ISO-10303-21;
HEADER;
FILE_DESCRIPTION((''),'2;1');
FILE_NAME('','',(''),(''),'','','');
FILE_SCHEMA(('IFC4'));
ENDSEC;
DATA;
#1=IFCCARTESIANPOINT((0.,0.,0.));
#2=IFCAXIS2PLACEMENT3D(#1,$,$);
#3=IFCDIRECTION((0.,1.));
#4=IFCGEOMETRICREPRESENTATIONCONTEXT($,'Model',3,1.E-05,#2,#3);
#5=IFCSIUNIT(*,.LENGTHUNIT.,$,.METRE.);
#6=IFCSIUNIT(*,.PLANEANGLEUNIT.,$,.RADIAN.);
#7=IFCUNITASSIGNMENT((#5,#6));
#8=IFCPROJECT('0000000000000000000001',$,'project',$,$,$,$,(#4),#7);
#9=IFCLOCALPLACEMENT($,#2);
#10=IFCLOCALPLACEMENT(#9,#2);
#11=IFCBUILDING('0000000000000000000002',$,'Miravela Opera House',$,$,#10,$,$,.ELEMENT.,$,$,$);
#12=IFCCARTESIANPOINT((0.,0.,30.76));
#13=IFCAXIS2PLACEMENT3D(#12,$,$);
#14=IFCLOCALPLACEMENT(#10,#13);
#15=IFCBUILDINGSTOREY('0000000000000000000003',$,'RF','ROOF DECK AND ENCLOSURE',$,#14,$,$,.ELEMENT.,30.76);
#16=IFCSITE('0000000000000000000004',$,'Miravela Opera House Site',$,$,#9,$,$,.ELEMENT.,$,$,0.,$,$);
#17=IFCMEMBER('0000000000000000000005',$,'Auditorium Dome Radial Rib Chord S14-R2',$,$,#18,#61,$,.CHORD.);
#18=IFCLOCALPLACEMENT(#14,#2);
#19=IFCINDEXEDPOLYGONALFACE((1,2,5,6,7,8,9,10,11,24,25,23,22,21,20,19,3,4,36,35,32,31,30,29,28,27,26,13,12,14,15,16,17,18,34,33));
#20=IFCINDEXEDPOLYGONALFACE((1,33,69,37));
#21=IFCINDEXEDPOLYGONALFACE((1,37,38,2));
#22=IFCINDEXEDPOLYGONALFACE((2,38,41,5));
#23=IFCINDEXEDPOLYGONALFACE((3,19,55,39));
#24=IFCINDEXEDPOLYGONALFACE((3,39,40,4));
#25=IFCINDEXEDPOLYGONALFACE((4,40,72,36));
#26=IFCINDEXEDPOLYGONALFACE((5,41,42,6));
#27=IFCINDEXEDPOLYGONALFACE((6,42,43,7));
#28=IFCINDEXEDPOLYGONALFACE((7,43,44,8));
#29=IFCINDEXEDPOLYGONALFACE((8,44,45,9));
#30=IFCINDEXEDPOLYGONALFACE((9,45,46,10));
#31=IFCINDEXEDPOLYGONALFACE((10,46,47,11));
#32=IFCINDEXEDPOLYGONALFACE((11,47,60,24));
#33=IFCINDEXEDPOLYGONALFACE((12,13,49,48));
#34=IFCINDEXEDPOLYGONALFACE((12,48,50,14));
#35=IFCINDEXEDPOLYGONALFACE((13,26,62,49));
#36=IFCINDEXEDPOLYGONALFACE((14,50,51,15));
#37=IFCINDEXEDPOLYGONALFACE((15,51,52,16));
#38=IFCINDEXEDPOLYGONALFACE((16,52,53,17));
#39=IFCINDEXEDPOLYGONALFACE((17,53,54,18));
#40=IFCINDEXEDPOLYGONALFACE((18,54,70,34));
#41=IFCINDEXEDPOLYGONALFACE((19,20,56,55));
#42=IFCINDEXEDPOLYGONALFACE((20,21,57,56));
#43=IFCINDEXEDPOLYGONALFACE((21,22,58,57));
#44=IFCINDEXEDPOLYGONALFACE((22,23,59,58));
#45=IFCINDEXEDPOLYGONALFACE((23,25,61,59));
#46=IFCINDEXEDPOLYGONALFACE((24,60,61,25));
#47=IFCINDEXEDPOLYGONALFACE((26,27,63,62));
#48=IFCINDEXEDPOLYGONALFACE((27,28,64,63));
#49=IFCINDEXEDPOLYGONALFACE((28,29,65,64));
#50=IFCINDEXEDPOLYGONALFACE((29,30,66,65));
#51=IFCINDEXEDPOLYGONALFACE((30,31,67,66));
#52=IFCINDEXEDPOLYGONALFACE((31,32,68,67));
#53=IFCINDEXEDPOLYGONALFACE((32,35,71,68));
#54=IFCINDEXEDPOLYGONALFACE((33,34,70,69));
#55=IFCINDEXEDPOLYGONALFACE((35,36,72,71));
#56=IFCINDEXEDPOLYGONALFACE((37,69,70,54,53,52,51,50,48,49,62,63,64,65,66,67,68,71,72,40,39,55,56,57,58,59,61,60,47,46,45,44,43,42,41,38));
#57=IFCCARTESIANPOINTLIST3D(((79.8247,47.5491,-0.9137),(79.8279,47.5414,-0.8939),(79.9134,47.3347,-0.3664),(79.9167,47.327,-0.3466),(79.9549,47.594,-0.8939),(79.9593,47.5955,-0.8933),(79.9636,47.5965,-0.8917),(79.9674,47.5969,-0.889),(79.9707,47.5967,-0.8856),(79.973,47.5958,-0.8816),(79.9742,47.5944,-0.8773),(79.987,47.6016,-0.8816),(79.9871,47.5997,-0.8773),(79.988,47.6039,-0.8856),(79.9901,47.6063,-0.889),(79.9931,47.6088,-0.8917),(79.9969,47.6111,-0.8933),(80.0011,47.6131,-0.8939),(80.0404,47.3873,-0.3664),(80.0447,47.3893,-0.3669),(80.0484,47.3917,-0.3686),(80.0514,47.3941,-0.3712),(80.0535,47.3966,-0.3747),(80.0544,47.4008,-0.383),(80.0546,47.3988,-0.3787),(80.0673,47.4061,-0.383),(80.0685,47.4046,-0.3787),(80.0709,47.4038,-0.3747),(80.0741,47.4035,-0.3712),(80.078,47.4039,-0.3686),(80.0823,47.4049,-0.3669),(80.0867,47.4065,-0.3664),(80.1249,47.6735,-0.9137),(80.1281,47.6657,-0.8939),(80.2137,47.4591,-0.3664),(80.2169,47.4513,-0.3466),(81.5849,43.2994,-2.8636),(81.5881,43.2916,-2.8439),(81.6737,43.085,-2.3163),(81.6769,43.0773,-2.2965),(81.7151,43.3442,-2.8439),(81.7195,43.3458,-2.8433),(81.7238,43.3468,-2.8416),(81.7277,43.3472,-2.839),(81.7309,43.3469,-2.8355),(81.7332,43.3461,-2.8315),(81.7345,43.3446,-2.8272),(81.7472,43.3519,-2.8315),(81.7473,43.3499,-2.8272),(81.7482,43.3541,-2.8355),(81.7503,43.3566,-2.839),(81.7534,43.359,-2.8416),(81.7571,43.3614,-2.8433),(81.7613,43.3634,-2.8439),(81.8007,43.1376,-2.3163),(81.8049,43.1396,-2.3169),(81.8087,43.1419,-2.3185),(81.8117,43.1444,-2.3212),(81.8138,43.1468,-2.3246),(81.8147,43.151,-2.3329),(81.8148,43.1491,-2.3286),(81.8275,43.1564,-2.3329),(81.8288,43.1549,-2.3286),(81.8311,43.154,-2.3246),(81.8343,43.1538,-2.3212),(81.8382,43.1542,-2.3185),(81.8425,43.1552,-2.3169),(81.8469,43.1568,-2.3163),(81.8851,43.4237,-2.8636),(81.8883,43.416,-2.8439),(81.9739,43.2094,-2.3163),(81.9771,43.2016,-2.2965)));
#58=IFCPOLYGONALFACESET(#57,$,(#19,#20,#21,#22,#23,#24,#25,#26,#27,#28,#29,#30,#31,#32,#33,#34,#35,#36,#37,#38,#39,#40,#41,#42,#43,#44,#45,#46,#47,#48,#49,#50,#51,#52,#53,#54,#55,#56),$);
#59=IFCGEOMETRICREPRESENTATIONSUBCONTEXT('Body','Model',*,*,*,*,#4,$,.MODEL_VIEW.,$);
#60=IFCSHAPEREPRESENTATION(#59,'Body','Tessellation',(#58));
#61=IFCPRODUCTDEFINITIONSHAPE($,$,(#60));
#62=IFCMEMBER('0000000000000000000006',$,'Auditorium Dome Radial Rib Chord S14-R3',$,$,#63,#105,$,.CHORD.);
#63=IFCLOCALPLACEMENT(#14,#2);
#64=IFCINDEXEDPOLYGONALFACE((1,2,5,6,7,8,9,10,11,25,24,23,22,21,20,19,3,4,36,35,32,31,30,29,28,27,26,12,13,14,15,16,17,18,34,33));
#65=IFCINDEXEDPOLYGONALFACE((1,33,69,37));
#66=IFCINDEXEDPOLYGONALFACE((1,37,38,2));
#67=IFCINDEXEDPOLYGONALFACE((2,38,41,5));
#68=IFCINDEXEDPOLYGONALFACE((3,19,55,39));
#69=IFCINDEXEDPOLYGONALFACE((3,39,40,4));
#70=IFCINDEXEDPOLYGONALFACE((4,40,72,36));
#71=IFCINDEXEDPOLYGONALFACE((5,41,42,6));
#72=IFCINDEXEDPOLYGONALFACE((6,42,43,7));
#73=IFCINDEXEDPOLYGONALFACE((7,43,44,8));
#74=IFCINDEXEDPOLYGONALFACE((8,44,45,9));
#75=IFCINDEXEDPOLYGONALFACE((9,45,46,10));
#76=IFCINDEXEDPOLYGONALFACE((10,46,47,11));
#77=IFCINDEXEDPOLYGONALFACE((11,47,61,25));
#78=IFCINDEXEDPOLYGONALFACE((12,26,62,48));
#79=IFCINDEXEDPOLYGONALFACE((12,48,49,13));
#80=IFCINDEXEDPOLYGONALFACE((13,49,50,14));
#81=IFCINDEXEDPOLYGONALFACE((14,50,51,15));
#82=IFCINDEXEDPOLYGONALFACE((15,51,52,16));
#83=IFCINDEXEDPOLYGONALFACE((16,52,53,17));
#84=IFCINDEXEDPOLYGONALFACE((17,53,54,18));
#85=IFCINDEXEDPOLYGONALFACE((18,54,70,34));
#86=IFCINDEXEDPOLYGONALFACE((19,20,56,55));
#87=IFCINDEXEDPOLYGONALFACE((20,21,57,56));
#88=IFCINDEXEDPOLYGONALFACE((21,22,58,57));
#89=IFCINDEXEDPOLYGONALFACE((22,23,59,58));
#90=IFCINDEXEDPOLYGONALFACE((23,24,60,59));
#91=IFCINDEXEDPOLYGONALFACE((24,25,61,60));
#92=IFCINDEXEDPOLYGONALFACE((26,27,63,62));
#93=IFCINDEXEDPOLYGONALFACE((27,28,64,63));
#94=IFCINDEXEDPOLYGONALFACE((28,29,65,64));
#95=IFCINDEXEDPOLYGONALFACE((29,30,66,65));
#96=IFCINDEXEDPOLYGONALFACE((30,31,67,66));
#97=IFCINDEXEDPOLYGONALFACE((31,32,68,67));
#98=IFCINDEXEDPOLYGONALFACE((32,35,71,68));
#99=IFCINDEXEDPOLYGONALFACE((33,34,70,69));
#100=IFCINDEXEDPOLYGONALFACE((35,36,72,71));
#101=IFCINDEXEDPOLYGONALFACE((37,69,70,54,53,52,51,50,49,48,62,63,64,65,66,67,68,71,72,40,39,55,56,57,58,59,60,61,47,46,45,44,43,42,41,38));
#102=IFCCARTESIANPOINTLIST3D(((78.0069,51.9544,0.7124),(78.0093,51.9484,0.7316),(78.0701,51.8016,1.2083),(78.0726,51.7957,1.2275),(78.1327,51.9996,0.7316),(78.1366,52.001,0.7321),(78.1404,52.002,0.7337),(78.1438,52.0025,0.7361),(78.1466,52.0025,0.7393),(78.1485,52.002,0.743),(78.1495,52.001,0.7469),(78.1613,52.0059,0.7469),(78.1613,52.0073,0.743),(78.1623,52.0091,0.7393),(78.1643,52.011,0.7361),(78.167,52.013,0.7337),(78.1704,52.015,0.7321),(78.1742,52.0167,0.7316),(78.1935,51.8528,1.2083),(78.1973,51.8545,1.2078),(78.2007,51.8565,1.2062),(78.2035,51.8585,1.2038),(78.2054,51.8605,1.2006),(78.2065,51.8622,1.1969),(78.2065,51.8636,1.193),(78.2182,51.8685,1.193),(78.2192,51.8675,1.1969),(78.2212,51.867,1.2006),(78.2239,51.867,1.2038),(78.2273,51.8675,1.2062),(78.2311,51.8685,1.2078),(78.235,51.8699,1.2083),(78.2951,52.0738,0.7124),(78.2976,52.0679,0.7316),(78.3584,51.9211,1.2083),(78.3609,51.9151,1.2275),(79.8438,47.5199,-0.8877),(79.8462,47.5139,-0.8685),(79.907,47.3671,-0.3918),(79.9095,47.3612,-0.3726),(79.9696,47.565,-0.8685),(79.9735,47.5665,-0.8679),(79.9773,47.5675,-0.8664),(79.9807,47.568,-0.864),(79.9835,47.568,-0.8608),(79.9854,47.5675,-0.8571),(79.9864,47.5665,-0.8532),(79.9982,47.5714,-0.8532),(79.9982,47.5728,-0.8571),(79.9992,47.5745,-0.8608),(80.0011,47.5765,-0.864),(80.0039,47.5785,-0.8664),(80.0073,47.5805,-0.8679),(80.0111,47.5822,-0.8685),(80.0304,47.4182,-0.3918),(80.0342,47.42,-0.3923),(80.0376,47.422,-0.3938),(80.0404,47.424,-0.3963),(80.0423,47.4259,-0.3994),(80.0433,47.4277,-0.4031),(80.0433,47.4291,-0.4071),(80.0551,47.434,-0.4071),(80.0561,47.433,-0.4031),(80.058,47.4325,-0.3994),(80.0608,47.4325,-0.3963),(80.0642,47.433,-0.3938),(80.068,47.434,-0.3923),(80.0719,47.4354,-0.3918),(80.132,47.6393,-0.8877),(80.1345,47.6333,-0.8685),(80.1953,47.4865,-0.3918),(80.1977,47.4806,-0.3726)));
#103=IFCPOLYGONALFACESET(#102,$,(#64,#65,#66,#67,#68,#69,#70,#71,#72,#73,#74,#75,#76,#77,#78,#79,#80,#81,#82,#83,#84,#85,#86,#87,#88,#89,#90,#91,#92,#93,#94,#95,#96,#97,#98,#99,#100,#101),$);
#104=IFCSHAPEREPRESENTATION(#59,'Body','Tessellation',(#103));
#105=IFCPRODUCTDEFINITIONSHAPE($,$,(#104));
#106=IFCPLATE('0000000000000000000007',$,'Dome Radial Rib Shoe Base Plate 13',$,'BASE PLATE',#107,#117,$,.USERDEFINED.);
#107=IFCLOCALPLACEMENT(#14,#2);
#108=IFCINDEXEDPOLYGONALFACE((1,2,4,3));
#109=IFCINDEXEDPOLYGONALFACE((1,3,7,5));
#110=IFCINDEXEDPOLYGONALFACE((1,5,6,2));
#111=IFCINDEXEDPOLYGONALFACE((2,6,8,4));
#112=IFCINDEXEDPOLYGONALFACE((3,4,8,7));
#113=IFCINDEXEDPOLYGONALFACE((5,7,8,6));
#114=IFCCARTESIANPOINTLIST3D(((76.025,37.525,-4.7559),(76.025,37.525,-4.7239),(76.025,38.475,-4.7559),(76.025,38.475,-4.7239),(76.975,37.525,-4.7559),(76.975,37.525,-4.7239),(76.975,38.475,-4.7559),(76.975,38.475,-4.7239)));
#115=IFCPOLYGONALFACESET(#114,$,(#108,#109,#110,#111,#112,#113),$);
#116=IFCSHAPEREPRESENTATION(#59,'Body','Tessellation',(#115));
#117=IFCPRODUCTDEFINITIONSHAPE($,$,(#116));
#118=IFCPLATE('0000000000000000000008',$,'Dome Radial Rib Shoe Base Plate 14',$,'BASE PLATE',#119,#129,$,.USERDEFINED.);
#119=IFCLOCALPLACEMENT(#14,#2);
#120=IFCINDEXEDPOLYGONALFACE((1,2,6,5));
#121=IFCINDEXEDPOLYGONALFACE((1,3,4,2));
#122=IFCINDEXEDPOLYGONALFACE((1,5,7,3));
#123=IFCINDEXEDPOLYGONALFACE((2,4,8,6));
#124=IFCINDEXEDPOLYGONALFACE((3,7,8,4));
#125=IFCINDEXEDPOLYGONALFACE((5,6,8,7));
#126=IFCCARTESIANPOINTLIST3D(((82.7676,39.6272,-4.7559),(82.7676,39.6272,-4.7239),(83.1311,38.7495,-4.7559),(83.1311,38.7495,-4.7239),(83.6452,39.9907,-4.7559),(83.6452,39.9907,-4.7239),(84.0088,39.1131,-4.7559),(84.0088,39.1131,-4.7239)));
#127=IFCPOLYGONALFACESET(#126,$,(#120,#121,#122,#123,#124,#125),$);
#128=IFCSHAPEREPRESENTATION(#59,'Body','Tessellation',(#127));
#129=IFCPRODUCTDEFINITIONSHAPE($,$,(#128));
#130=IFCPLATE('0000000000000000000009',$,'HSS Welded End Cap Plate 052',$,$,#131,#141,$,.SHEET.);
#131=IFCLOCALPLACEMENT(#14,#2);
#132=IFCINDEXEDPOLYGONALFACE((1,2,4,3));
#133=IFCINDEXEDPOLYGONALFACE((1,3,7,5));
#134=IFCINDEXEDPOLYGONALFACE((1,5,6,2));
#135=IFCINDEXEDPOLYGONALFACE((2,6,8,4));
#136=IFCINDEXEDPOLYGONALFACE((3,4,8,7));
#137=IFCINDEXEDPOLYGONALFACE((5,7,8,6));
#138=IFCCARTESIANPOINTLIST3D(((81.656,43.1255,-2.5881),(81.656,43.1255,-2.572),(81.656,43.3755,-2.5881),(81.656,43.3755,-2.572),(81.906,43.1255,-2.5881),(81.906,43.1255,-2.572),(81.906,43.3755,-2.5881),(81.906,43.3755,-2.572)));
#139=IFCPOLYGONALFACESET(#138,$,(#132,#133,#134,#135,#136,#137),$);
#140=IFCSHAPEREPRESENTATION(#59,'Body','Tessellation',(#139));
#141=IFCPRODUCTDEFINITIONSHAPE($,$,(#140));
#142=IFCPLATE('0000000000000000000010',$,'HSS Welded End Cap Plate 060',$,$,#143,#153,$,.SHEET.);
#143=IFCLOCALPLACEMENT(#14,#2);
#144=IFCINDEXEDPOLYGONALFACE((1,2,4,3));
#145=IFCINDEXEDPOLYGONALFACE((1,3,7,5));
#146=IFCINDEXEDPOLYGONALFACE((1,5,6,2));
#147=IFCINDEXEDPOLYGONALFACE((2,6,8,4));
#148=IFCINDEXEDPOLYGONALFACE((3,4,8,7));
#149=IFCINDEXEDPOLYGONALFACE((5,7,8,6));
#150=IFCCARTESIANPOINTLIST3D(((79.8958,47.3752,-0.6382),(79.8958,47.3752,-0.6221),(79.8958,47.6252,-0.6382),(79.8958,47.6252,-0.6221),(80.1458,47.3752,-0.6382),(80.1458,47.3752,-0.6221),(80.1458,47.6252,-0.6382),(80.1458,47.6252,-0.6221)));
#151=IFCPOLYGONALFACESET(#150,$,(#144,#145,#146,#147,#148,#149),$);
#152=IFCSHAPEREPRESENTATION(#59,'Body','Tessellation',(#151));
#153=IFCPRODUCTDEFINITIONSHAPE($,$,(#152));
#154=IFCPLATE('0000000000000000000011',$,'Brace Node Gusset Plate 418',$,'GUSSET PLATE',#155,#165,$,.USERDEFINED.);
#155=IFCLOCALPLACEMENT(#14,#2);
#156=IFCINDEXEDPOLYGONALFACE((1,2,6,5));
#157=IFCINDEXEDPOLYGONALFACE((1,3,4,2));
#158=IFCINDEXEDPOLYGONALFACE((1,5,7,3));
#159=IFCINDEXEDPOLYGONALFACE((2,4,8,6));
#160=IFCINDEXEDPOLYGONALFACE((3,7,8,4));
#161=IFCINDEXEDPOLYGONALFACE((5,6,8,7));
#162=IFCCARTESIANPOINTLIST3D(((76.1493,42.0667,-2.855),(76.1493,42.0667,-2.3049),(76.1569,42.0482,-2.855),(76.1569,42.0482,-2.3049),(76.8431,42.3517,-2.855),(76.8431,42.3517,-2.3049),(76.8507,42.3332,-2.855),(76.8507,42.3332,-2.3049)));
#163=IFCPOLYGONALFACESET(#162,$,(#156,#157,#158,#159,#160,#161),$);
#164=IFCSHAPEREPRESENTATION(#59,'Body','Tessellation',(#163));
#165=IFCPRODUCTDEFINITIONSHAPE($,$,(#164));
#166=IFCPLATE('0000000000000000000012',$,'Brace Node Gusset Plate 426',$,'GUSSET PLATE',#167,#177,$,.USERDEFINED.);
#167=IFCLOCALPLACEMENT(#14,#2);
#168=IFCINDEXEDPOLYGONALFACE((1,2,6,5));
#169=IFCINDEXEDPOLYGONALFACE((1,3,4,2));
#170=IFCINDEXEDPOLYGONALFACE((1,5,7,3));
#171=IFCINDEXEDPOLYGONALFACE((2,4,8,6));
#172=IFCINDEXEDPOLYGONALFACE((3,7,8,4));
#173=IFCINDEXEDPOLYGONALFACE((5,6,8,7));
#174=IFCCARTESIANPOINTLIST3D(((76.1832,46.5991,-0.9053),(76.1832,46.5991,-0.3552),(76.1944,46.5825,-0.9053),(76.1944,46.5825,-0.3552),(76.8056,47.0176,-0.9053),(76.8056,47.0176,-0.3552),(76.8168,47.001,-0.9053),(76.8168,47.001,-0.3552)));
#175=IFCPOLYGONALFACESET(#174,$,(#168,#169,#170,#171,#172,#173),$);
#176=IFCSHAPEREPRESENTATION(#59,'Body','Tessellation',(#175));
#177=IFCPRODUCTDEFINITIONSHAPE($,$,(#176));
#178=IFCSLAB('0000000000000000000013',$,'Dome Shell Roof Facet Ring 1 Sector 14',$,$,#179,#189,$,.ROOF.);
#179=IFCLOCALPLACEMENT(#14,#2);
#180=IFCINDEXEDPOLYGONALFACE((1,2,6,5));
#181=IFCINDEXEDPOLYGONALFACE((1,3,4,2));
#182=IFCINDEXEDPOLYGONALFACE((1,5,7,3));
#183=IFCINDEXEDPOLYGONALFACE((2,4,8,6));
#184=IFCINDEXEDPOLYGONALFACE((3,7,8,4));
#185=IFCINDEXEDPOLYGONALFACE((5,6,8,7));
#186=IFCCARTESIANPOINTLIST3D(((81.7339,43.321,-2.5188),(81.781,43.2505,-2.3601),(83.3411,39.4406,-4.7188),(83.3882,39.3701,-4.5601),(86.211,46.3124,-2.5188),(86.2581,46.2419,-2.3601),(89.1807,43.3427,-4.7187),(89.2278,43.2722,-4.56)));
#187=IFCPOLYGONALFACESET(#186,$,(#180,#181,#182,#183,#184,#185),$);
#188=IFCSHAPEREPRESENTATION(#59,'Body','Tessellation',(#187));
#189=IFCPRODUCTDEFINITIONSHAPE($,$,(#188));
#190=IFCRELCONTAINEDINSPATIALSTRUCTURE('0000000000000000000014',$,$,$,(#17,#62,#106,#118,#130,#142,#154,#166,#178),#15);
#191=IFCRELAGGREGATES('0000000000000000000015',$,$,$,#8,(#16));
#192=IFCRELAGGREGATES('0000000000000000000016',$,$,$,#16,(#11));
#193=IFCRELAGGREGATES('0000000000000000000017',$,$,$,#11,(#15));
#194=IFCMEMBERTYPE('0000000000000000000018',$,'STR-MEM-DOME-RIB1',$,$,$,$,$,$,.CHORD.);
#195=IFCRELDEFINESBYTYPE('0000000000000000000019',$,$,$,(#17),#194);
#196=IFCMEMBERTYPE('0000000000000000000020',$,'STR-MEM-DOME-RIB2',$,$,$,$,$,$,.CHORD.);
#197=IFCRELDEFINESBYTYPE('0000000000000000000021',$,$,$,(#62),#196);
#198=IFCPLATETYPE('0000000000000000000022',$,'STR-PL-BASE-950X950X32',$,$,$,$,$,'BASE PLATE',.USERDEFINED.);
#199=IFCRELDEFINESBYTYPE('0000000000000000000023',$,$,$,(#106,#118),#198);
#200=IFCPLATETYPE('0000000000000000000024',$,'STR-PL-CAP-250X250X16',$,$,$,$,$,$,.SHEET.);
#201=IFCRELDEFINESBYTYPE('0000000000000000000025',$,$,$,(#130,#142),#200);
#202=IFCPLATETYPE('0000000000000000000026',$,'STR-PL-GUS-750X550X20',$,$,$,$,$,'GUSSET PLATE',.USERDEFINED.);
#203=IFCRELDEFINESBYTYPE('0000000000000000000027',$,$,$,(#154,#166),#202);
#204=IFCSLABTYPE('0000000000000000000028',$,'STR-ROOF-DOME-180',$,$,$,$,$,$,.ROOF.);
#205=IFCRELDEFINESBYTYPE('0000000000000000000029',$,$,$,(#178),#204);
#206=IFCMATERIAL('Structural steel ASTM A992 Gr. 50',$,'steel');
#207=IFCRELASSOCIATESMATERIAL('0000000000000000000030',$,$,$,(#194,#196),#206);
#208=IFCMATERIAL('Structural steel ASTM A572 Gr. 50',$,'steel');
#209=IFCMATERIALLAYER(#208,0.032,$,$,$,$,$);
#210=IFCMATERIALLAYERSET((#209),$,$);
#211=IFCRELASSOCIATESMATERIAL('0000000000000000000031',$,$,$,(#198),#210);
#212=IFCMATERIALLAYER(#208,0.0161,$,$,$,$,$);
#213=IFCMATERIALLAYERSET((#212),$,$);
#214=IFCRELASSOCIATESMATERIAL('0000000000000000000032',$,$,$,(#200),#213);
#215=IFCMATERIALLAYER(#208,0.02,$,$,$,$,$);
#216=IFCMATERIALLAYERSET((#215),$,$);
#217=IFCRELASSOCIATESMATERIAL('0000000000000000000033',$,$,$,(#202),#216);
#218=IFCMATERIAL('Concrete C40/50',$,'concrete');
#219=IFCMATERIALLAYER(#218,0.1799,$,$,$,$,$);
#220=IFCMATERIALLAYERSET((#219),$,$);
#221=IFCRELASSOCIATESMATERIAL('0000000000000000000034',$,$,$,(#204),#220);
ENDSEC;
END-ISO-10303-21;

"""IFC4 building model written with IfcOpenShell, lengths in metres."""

from ifc_helpers import new_model, si_unit, direction, frame, origin, origin_2d, place, context, subcontext, project, spatial, polyline, rectangle, i_section, outline, extrude, material, layer, layer_set, material_profile, profile_set, type_object, element, save


model = new_model("IFC4")

# Units and contexts
model_context = context("Model", 3, precision=1e-05, world=origin(), true_north=direction((0.0, 1.0)))
body_context = subcontext(model_context, "Body", "Model", "MODEL_VIEW")
ifc_project = project(units=[si_unit("LENGTHUNIT", "METRE"), si_unit("PLANEANGLEUNIT", "RADIAN")], contexts=[model_context])

# Site, building, storey
site_placement = place(None, origin())
site = spatial("IfcSite", under=ifc_project, at=site_placement, Name="Miravela Opera House Site", CompositionType="ELEMENT", RefElevation=0.0)
building_placement = place(site_placement, origin())
building = spatial("IfcBuilding", under=site, at=building_placement, Name="Miravela Opera House", CompositionType="ELEMENT")
storey_placement = place(building_placement, frame((0.0, 0.0, 30.76)))
storey = spatial("IfcBuildingStorey", under=building, at=storey_placement, Name="RF", Description="ROOF DECK AND ENCLOSURE", CompositionType="ELEMENT", Elevation=30.76)

# Shared definitions
ifc_material_1 = material(Name="Structural steel ASTM A992 Gr. 50", Category="steel")

# Members
ifc_material_profile_1 = material_profile(ifc_material_1, i_section(OverallWidth=0.325, OverallDepth=0.616, WebThickness=0.0139, FlangeThickness=0.0215, FilletRadius=0.0181, at=origin_2d()), Name="W610X174")
ifc_profile_set_1 = profile_set([ifc_material_profile_1])
member_type_1 = type_object("IfcMemberType", Name="STR-MEM-DOME-RIB1", PredefinedType="CHORD", material=ifc_profile_set_1)
member_1_placement = place(storey_placement, frame((81.781, 43.2505, -2.5801), z_axis=(-0.352324, 0.850611, 0.390293), x_axis=(-0.923884, -0.382674, 0.0)))
element("IfcMember", 1, at=member_1_placement, inside=storey, type_object=member_type_1, Name="Auditorium Dome Radial Rib Chord S14-R2", PredefinedType="CHORD", context=body_context, shape_type="SweptSolid", body=[
    extrude(i_section(OverallWidth=0.325, OverallDepth=0.616, WebThickness=0.0139, FlangeThickness=0.0215, FilletRadius=0.0181, at=origin_2d()), origin(), (0.0, 0.0, 1.0), 4.9961),
])
ifc_material_profile_2 = material_profile(ifc_material_1, i_section(OverallWidth=0.312, OverallDepth=0.543, WebThickness=0.0127, FlangeThickness=0.0203, FilletRadius=0.0161, at=origin_2d()), Name="W530X150")
ifc_profile_set_2 = profile_set([ifc_material_profile_2])
member_type_2 = type_object("IfcMemberType", Name="STR-MEM-DOME-RIB2", PredefinedType="CHORD", material=ifc_profile_set_2)
member_2_placement = place(storey_placement, frame((80.0208, 47.5002, -0.6301), z_axis=(-0.363052, 0.876459, 0.316247), x_axis=(-0.923875, -0.382693, 0.0)))
element("IfcMember", 2, at=member_2_placement, inside=storey, type_object=member_type_2, Name="Auditorium Dome Radial Rib Chord S14-R3", PredefinedType="CHORD", context=body_context, shape_type="SweptSolid", body=[
    extrude(i_section(OverallWidth=0.312, OverallDepth=0.543, WebThickness=0.0127, FlangeThickness=0.0203, FilletRadius=0.0161, at=origin_2d()), origin(), (0.0, 0.0, 1.0), 5.0596),
])

# Plates
ifc_material_2 = material(Name="Structural steel ASTM A572 Gr. 50", Category="steel")
ifc_layer_1 = layer(ifc_material_2, 0.032)
ifc_layer_set_1 = layer_set([ifc_layer_1])
plate_type_1 = type_object("IfcPlateType", Name="STR-PL-BASE-950X950X32", ElementType="BASE PLATE", PredefinedType="USERDEFINED", material=ifc_layer_set_1)
for number, where, z_axis, x_axis, name in (
    (3, (76.5, 38.0, -4.7559), (0.0, 0.0, 1.0), (0.0, -1.0, 0.0), "Dome Radial Rib Shoe Base Plate 13"),
    (4, (83.3882, 39.3701, -4.7559), (0.0, 0.0, 1.0), (0.382683, -0.92388, 0.0), "Dome Radial Rib Shoe Base Plate 14"),
):
    element("IfcPlate", number, at=place(storey_placement, frame(where, z_axis=z_axis, x_axis=x_axis)), inside=storey, type_object=plate_type_1, Name=name, ObjectType="BASE PLATE", PredefinedType="USERDEFINED", context=body_context, shape_type="SweptSolid", body=[
        extrude(rectangle(XDim=0.95, YDim=0.95, at=origin_2d()), origin(), (0.0, 0.0, 1.0), 0.032),
    ])
ifc_layer_2 = layer(ifc_material_2, 0.0161)
ifc_layer_set_2 = layer_set([ifc_layer_2])
plate_type_2 = type_object("IfcPlateType", Name="STR-PL-CAP-250X250X16", PredefinedType="SHEET", material=ifc_layer_set_2)
for number, where, z_axis, x_axis, name in (
    (5, (81.781, 43.2505, -2.5881), (0.0, 0.0, 1.0), (1.0, 0.0, 0.0), "HSS Welded End Cap Plate 052"),
    (6, (80.0208, 47.5002, -0.6382), (0.0, 0.0, 1.0), (1.0, 0.0, 0.0), "HSS Welded End Cap Plate 060"),
):
    element("IfcPlate", number, at=place(storey_placement, frame(where, z_axis=z_axis, x_axis=x_axis)), inside=storey, type_object=plate_type_2, Name=name, PredefinedType="SHEET", context=body_context, shape_type="SweptSolid", body=[
        extrude(rectangle(XDim=0.25, YDim=0.25, at=origin_2d()), origin(), (0.0, 0.0, 1.0), 0.0161),
    ])
ifc_layer_3 = layer(ifc_material_2, 0.02)
ifc_layer_set_3 = layer_set([ifc_layer_3])
plate_type_3 = type_object("IfcPlateType", Name="STR-PL-GUS-750X550X20", ElementType="GUSSET PLATE", PredefinedType="USERDEFINED", material=ifc_layer_set_3)
for number, where, z_axis, x_axis, name in (
    (7, (76.5, 42.2, -2.855), (0.0, 0.0, 1.0), (0.925011, 0.379941, 0.0), "Brace Node Gusset Plate 418"),
    (8, (76.5, 46.8, -0.9053), (0.0, 0.0, 1.0), (0.829915, 0.55789, 0.0), "Brace Node Gusset Plate 426"),
):
    element("IfcPlate", number, at=place(storey_placement, frame(where, z_axis=z_axis, x_axis=x_axis)), inside=storey, type_object=plate_type_3, Name=name, ObjectType="GUSSET PLATE", PredefinedType="USERDEFINED", context=body_context, shape_type="SweptSolid", body=[
        extrude(rectangle(XDim=0.75, YDim=0.02, at=origin_2d()), origin(), (0.0, 0.0, 1.0), 0.55),
    ])

# Slab
ifc_material_3 = material(Name="Concrete C40/50", Category="concrete")
ifc_layer_4 = layer(ifc_material_3, 0.1799)
ifc_layer_set_4 = layer_set([ifc_layer_4])
slab_type = type_object("IfcSlabType", Name="STR-ROOF-DOME-180", PredefinedType="ROOF", material=ifc_layer_set_4)
slab_1_placement = place(storey_placement, frame((83.3882, 39.3701, -4.5601), z_axis=(0.261731, -0.391697, 0.882083), x_axis=(0.831458, 0.555588, 0.000005)))
element("IfcSlab", 9, at=slab_1_placement, inside=storey, type_object=slab_type, Name="Dome Shell Roof Facet Ring 1 Sector 14", PredefinedType="ROOF", context=body_context, shape_type="SweptSolid", body=[
    extrude(outline(polyline([(0.0, 0.0), (7.0233, 0.0), (6.2041, 4.6698), (0.8196, 4.6699), (0.0, 0.0)])), origin(), (0.0, 0.0, -1.0), 0.1799),
])

save(model, "model.ifc")
